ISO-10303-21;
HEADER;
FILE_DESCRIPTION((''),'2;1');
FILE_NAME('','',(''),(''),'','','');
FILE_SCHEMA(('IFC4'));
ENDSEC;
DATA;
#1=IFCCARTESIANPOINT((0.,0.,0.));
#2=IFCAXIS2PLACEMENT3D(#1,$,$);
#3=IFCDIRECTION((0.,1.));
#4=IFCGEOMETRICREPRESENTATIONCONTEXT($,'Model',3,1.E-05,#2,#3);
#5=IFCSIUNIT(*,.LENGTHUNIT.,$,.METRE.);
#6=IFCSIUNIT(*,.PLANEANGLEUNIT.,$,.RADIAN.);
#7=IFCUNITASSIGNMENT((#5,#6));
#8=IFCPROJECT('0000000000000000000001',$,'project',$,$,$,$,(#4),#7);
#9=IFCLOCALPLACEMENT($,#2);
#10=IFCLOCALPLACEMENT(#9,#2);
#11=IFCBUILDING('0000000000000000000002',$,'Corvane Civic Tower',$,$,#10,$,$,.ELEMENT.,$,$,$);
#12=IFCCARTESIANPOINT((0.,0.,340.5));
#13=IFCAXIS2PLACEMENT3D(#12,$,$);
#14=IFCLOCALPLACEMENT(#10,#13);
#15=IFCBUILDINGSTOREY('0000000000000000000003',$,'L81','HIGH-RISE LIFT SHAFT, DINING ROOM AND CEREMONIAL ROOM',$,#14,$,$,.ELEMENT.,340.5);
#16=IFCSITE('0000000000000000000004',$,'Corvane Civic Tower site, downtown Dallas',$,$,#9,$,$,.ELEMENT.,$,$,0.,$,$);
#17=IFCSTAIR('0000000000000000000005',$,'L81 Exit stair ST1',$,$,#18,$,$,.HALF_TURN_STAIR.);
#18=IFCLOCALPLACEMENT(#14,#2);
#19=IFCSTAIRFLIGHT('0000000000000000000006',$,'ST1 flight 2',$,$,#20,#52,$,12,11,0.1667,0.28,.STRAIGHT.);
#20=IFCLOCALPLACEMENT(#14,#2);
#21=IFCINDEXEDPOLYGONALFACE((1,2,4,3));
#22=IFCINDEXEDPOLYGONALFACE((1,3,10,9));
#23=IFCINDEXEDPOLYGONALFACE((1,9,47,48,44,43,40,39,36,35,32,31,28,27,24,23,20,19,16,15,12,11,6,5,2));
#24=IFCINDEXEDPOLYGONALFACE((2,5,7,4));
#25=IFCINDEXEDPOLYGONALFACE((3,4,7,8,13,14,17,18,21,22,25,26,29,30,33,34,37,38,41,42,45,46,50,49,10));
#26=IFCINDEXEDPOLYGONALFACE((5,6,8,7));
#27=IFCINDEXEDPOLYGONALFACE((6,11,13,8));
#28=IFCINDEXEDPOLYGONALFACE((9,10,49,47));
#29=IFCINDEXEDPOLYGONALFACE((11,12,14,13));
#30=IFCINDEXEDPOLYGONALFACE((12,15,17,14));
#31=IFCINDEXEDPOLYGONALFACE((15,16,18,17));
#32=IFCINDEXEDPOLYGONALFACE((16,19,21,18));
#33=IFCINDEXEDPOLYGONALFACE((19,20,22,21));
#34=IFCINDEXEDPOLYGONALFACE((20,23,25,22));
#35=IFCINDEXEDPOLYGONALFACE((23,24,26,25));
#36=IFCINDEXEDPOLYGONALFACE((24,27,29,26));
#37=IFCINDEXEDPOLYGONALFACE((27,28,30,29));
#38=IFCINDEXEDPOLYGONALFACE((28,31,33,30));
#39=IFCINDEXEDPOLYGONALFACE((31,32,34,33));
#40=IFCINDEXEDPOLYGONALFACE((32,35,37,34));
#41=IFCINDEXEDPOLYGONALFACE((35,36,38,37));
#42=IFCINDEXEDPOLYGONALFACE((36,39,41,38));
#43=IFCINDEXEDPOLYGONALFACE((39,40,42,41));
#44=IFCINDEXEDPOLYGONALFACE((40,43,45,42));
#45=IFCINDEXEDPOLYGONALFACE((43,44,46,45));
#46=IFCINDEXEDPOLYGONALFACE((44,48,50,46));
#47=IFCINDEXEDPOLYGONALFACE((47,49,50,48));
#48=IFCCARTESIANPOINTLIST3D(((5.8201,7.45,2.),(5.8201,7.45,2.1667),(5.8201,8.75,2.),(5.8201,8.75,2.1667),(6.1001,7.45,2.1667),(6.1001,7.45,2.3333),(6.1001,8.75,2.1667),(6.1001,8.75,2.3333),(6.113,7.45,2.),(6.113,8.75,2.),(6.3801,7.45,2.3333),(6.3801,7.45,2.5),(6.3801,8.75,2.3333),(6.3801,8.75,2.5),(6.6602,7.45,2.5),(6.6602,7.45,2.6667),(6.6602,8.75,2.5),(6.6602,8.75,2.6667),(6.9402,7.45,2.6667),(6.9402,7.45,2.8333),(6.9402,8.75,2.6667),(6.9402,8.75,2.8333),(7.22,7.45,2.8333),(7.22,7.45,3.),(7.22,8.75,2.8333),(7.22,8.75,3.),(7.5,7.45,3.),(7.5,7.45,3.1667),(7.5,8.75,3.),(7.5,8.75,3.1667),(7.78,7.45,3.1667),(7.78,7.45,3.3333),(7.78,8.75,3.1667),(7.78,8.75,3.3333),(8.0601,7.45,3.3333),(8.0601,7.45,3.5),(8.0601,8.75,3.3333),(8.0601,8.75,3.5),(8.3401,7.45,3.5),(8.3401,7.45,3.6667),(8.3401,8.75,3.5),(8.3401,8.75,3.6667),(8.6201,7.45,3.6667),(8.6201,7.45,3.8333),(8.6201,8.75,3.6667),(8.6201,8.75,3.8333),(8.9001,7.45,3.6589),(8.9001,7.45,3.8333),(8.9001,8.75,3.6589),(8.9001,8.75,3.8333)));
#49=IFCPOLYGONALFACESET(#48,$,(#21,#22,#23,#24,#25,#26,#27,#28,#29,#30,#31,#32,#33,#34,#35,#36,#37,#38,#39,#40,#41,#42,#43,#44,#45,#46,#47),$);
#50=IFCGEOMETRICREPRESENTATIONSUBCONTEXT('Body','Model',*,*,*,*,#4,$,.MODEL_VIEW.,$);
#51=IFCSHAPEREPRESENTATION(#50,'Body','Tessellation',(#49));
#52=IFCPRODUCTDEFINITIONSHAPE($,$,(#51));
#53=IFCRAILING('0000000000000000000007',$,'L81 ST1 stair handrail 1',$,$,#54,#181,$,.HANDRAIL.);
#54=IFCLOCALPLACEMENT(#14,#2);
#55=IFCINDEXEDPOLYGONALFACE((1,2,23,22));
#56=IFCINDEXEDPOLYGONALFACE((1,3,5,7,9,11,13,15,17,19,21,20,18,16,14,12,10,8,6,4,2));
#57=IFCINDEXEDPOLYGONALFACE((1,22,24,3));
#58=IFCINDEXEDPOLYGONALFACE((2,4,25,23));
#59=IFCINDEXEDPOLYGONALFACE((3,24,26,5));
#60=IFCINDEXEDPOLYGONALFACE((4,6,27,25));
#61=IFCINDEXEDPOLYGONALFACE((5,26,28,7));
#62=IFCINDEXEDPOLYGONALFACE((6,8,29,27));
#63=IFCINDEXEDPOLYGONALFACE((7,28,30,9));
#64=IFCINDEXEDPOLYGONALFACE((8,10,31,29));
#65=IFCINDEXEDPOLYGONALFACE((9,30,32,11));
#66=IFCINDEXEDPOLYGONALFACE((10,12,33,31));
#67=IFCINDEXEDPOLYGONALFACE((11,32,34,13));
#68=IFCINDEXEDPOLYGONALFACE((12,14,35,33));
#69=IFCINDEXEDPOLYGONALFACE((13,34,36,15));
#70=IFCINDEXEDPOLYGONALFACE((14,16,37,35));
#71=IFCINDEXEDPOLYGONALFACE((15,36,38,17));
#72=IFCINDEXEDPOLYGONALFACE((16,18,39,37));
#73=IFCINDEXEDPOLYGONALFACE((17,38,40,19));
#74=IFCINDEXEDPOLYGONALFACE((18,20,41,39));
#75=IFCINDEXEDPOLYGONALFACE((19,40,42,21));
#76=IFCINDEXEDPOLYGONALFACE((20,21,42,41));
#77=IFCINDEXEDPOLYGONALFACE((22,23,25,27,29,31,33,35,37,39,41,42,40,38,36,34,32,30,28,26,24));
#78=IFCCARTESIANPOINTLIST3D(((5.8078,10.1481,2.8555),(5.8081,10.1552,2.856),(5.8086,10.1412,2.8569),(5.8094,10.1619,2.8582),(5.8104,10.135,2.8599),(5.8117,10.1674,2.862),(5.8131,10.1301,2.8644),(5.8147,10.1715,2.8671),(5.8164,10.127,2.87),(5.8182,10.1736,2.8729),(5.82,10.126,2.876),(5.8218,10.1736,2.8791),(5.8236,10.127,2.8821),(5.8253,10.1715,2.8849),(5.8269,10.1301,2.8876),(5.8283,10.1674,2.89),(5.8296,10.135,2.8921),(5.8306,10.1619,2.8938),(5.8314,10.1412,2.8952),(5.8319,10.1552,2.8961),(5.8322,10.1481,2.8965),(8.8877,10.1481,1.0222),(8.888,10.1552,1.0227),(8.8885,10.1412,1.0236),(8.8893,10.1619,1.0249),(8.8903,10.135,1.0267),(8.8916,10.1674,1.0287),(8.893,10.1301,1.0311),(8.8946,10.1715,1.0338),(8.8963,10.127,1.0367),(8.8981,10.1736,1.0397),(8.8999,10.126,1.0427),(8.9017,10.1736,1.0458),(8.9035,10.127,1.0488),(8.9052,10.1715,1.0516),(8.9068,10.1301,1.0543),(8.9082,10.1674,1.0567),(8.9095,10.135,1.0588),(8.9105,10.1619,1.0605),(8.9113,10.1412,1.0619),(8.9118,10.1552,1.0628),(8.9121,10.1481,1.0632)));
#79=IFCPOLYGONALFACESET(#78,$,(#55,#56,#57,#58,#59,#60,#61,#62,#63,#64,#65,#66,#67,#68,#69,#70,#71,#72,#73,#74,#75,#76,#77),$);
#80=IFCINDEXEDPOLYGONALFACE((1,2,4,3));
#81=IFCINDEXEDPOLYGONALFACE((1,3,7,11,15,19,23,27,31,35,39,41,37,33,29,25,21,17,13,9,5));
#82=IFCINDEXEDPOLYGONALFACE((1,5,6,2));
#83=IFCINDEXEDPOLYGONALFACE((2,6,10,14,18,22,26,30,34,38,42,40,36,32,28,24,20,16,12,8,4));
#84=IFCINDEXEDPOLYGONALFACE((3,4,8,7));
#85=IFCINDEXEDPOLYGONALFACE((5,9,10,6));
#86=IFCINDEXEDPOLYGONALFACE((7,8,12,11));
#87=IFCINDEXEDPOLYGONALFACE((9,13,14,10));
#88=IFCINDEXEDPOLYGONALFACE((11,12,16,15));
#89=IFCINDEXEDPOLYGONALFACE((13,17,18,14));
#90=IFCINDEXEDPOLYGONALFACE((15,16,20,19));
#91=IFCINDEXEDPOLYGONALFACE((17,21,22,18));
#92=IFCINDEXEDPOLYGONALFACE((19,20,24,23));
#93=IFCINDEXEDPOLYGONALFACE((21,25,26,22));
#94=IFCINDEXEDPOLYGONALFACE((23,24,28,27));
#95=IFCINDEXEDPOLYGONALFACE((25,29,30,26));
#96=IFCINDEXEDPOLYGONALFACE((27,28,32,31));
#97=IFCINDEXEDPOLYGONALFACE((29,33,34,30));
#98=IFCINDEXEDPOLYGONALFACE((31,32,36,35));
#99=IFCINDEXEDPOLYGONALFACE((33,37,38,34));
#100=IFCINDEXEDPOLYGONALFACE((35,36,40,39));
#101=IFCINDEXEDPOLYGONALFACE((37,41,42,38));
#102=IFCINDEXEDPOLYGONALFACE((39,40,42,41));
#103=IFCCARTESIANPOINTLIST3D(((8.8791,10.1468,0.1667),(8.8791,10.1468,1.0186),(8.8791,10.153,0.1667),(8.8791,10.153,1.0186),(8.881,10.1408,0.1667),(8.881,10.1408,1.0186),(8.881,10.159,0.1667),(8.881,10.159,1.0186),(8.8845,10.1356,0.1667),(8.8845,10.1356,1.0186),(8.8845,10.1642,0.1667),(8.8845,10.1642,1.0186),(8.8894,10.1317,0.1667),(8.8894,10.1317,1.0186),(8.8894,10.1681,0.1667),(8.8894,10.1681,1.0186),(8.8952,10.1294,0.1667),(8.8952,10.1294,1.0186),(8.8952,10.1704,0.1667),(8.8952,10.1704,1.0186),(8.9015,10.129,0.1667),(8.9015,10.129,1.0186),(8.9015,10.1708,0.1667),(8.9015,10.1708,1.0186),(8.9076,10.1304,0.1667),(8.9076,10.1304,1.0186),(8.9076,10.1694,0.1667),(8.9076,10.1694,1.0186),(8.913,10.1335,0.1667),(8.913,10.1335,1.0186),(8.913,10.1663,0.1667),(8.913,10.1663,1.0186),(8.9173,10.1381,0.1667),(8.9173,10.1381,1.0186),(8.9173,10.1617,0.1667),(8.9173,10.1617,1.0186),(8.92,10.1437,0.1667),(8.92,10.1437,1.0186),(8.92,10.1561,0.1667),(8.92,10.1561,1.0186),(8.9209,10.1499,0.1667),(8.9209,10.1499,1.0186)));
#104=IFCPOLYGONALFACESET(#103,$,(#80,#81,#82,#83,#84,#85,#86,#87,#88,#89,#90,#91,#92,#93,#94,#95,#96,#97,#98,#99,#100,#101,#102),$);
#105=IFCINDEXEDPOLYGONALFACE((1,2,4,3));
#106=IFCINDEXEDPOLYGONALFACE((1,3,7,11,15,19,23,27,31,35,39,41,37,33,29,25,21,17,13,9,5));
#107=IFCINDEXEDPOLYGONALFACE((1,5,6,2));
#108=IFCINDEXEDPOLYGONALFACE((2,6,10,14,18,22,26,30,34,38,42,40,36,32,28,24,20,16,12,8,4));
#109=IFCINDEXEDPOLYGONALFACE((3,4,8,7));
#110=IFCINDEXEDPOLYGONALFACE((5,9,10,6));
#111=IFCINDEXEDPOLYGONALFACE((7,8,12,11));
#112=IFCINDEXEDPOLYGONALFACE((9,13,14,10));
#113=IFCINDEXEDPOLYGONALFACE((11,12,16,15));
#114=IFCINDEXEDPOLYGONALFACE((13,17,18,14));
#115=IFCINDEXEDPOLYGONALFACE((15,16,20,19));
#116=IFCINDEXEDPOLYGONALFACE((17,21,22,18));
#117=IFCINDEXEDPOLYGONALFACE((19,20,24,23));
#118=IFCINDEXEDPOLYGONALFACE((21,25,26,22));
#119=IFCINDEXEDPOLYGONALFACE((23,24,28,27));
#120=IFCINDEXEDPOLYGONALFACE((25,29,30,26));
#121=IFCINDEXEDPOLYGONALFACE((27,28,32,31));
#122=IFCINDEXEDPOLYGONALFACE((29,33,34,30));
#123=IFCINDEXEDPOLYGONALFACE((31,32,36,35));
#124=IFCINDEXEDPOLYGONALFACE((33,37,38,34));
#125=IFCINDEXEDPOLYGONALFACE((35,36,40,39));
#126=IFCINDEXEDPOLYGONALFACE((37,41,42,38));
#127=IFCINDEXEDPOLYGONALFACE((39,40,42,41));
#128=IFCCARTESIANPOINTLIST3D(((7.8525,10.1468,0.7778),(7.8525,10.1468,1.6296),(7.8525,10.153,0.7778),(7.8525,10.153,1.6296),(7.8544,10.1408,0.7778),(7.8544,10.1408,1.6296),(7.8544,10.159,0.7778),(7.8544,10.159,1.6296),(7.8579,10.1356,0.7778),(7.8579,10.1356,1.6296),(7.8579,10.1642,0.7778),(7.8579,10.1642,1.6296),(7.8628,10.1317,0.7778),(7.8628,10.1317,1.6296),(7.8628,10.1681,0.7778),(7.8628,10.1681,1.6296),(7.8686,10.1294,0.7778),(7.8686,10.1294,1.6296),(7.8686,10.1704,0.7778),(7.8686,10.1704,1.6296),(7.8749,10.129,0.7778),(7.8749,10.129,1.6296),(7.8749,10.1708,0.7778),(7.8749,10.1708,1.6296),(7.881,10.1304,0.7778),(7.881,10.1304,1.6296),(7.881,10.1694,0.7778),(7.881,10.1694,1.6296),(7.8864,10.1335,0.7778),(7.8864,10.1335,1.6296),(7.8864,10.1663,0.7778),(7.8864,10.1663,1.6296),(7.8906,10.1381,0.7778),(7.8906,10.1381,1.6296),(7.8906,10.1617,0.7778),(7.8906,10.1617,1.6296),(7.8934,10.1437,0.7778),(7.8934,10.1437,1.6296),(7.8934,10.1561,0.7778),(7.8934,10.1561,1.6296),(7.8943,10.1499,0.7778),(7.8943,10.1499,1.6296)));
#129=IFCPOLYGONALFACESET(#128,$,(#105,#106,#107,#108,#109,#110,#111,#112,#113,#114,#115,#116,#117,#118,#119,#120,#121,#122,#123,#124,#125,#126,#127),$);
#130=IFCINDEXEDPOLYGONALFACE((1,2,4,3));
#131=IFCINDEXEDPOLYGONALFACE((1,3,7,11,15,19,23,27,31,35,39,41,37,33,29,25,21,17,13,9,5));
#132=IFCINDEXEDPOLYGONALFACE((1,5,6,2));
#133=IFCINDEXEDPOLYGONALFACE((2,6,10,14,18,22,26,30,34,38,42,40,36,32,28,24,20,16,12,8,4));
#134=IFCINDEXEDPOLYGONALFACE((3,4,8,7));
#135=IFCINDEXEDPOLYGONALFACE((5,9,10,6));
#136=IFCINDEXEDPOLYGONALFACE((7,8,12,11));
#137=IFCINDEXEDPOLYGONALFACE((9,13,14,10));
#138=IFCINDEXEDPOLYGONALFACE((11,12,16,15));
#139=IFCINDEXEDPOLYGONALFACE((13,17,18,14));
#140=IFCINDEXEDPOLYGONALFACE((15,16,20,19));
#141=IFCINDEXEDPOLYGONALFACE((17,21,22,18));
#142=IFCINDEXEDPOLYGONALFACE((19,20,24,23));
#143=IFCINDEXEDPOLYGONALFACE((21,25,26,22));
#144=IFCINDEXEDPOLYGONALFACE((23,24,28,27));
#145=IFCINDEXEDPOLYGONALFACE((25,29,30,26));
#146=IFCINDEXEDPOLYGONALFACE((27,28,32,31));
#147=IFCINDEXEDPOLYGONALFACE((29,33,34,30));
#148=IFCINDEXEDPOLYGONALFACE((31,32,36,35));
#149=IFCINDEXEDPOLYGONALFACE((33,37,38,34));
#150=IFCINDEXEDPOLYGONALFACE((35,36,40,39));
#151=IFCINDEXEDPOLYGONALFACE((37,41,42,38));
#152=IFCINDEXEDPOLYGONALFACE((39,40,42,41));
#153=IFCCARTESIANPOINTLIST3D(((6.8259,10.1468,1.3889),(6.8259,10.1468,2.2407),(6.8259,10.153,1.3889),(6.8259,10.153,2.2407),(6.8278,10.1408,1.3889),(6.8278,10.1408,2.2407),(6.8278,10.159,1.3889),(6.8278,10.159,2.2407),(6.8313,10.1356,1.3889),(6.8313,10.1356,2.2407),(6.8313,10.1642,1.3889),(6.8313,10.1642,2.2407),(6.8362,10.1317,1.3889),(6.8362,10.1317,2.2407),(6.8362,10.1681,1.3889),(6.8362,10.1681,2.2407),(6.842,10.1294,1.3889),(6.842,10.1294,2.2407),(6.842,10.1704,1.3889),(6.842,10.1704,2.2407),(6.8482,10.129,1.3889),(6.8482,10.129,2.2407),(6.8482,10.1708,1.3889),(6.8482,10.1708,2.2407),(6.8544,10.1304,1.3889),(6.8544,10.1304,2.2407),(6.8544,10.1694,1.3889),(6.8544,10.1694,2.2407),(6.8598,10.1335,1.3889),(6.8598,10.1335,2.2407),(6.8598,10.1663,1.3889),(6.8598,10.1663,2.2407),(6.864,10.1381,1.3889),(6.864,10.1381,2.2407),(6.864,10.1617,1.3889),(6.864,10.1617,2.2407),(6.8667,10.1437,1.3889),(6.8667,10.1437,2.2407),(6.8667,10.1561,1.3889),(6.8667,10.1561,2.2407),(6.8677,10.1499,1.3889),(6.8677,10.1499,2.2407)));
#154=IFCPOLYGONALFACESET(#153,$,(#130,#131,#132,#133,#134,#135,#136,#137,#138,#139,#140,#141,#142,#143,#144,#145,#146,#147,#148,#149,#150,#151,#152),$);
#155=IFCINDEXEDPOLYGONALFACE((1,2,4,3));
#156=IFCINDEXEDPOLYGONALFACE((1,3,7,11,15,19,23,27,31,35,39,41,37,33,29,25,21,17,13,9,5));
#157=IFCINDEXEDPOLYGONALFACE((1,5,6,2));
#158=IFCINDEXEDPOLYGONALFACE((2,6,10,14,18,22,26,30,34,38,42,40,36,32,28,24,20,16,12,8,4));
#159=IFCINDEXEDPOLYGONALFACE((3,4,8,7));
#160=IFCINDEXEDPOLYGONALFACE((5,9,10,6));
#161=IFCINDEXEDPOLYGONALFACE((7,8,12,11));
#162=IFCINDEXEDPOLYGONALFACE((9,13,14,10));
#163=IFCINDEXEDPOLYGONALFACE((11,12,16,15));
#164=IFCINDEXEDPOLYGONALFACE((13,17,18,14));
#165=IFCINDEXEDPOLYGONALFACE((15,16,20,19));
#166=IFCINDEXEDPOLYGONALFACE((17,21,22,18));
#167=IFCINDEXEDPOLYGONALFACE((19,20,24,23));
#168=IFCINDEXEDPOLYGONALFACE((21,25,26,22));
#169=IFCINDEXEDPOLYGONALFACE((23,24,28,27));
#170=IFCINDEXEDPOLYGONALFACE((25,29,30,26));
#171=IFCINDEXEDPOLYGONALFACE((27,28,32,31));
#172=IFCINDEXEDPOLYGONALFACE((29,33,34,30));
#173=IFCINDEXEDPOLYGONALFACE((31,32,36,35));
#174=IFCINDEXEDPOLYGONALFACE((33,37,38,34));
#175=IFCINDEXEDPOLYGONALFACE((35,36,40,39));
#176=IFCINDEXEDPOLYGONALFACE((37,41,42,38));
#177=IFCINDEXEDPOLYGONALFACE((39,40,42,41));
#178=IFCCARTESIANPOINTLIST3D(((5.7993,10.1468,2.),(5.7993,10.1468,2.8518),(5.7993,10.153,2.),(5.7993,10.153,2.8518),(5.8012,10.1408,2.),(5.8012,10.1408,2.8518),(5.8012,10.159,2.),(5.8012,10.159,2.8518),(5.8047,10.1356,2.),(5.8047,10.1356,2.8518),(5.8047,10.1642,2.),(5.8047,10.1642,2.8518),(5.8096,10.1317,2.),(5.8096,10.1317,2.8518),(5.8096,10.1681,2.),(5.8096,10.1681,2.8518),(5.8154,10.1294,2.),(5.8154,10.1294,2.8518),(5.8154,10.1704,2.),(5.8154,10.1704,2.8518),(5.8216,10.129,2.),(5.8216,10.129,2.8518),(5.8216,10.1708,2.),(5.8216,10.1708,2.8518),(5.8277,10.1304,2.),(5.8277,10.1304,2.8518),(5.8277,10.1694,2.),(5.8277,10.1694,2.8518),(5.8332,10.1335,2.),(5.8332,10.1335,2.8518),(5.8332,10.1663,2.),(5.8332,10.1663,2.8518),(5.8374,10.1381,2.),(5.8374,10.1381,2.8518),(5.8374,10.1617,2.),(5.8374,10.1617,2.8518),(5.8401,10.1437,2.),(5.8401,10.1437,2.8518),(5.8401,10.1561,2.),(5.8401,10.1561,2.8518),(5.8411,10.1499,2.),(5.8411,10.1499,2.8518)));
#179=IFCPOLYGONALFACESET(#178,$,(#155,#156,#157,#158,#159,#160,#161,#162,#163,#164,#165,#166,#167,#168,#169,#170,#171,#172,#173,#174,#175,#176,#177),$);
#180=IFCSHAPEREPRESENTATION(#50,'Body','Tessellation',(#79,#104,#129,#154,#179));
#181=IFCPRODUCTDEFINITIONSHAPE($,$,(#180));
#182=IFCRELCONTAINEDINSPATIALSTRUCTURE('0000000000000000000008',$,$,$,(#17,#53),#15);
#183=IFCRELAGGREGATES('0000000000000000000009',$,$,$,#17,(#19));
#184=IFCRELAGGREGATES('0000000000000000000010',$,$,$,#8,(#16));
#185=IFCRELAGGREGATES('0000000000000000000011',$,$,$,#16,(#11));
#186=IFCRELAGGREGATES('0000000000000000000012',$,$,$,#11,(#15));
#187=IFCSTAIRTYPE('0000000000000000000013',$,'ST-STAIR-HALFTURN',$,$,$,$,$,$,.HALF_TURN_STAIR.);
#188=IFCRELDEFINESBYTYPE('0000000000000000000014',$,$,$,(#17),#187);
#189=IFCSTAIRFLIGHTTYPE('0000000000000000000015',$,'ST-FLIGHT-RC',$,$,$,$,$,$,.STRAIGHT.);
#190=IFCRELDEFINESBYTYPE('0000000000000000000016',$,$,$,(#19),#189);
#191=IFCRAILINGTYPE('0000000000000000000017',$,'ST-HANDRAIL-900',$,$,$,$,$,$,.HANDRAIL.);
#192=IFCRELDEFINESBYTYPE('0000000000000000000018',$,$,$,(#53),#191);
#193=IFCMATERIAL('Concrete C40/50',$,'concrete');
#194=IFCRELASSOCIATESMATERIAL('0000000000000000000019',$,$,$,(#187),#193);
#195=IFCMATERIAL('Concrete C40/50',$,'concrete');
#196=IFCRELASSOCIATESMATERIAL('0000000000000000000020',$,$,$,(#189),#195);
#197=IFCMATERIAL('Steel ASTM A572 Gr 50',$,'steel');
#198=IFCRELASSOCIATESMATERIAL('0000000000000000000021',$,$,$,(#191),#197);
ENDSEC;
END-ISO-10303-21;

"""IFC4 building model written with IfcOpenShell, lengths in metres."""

from ifc_helpers import new_model, si_unit, direction, frame, origin, origin_2d, place, context, subcontext, project, spatial, polyline, circle, outline, extrude, material, type_object, element, aggregate, save


model = new_model("IFC4")

# Units and contexts
model_context = context("Model", 3, precision=1e-05, world=origin(), true_north=direction((0.0, 1.0)))
body_context = subcontext(model_context, "Body", "Model", "MODEL_VIEW")
ifc_project = project(units=[si_unit("LENGTHUNIT", "METRE"), si_unit("PLANEANGLEUNIT", "RADIAN")], contexts=[model_context])

# Site, building, storey
site_placement = place(None, origin())
site = spatial("IfcSite", under=ifc_project, at=site_placement, Name="Corvane Civic Tower site, downtown Dallas", CompositionType="ELEMENT", RefElevation=0.0)
building_placement = place(site_placement, origin())
building = spatial("IfcBuilding", under=site, at=building_placement, Name="Corvane Civic Tower", CompositionType="ELEMENT")
storey_placement = place(building_placement, frame((0.0, 0.0, 340.5)))
storey = spatial("IfcBuildingStorey", under=building, at=storey_placement, Name="L81", Description="HIGH-RISE LIFT SHAFT, DINING ROOM AND CEREMONIAL ROOM", CompositionType="ELEMENT", Elevation=340.5)

# Stair, stair flight
ifc_material_1 = material(Name="Concrete C40/50", Category="concrete")
stair_type = type_object("IfcStairType", Name="ST-STAIR-HALFTURN", PredefinedType="HALF_TURN_STAIR", material=ifc_material_1)
stair_placement = place(storey_placement, origin())
stair = element("IfcStair", 1, at=stair_placement, inside=storey, type_object=stair_type, Name="L81 Exit stair ST1", PredefinedType="HALF_TURN_STAIR")
ifc_material_2 = material(Name="Concrete C40/50", Category="concrete")
stair_flight_type = type_object("IfcStairFlightType", Name="ST-FLIGHT-RC", PredefinedType="STRAIGHT", material=ifc_material_2)
stair_flight_1_placement = place(storey_placement, frame((5.8201, 8.1001, 2.0), z_axis=(0.0, 0.0, 1.0), x_axis=(1.0, 0.0, 0.0)))
stair_flight_1 = element("IfcStairFlight", 2, at=stair_flight_1_placement, type_object=stair_flight_type, Name="ST1 flight 2", NumberOfRisers=12, NumberOfTreads=11, PredefinedType="STRAIGHT", RiserHeight=0.1667, TreadLength=0.28, context=body_context, shape_type="SweptSolid", body=[
    extrude(outline(polyline([(0.0, 0.0), (0.0, 0.1667), (0.28, 0.1667), (0.28, 0.3333), (0.5601, 0.3333), (0.5601, 0.5), (0.8401, 0.5), (0.8401, 0.6667), (1.1201, 0.6667), (1.1201, 0.8333), (1.3999, 0.8333), (1.3999, 1.0), (1.6799, 1.0), (1.6799, 1.1667), (1.96, 1.1667), (1.96, 1.3333), (2.24, 1.3333), (2.24, 1.5), (2.52, 1.5), (2.52, 1.6667), (2.8, 1.6667), (2.8, 1.8333), (3.0801, 1.8333), (3.0801, 2.0), (3.0801, 1.6589), (0.293, 0.0), (0.0, 0.0)])), frame((0.0, 0.6499, 0.0), z_axis=(0.0, -1.0, 0.0), x_axis=(1.0, 0.0, 0.0)), (0.0, 0.0, 1.0), 1.3),
])
aggregate(stair, [stair_flight_1])

# Railing
ifc_material_3 = material(Name="Steel ASTM A572 Gr 50", Category="steel")
railing_type_1 = type_object("IfcRailingType", Name="ST-HANDRAIL-900", PredefinedType="HANDRAIL", material=ifc_material_3)
railing_1_placement = place(storey_placement, frame((8.8999, 10.1499, 0.1667)))
element("IfcRailing", 3, at=railing_1_placement, inside=storey, type_object=railing_type_1, Name="L81 ST1 stair handrail 1", PredefinedType="HANDRAIL", context=body_context, shape_type="SweptSolid", body=[
    extrude(circle(Radius=0.0239, at=origin_2d()), frame((0.0, 0.0, 0.876), z_axis=(-0.859291, 0.0, 0.511487), x_axis=(0.0, -1.0, 0.0)), (0.0, 0.0, 1.0), 3.5842),
    extrude(circle(Radius=0.021, at=origin_2d()), origin(), (0.0, 0.0, 1.0), 0.8518),
    extrude(circle(Radius=0.021, at=origin_2d()), frame((-1.0266, 0.0, 0.6111)), (0.0, 0.0, 1.0), 0.8518),
    extrude(circle(Radius=0.021, at=origin_2d()), frame((-2.0532, 0.0, 1.2222)), (0.0, 0.0, 1.0), 0.8518),
    extrude(circle(Radius=0.021, at=origin_2d()), frame((-3.0798, 0.0, 1.8333)), (0.0, 0.0, 1.0), 0.8518),
])

save(model, "model.ifc")
